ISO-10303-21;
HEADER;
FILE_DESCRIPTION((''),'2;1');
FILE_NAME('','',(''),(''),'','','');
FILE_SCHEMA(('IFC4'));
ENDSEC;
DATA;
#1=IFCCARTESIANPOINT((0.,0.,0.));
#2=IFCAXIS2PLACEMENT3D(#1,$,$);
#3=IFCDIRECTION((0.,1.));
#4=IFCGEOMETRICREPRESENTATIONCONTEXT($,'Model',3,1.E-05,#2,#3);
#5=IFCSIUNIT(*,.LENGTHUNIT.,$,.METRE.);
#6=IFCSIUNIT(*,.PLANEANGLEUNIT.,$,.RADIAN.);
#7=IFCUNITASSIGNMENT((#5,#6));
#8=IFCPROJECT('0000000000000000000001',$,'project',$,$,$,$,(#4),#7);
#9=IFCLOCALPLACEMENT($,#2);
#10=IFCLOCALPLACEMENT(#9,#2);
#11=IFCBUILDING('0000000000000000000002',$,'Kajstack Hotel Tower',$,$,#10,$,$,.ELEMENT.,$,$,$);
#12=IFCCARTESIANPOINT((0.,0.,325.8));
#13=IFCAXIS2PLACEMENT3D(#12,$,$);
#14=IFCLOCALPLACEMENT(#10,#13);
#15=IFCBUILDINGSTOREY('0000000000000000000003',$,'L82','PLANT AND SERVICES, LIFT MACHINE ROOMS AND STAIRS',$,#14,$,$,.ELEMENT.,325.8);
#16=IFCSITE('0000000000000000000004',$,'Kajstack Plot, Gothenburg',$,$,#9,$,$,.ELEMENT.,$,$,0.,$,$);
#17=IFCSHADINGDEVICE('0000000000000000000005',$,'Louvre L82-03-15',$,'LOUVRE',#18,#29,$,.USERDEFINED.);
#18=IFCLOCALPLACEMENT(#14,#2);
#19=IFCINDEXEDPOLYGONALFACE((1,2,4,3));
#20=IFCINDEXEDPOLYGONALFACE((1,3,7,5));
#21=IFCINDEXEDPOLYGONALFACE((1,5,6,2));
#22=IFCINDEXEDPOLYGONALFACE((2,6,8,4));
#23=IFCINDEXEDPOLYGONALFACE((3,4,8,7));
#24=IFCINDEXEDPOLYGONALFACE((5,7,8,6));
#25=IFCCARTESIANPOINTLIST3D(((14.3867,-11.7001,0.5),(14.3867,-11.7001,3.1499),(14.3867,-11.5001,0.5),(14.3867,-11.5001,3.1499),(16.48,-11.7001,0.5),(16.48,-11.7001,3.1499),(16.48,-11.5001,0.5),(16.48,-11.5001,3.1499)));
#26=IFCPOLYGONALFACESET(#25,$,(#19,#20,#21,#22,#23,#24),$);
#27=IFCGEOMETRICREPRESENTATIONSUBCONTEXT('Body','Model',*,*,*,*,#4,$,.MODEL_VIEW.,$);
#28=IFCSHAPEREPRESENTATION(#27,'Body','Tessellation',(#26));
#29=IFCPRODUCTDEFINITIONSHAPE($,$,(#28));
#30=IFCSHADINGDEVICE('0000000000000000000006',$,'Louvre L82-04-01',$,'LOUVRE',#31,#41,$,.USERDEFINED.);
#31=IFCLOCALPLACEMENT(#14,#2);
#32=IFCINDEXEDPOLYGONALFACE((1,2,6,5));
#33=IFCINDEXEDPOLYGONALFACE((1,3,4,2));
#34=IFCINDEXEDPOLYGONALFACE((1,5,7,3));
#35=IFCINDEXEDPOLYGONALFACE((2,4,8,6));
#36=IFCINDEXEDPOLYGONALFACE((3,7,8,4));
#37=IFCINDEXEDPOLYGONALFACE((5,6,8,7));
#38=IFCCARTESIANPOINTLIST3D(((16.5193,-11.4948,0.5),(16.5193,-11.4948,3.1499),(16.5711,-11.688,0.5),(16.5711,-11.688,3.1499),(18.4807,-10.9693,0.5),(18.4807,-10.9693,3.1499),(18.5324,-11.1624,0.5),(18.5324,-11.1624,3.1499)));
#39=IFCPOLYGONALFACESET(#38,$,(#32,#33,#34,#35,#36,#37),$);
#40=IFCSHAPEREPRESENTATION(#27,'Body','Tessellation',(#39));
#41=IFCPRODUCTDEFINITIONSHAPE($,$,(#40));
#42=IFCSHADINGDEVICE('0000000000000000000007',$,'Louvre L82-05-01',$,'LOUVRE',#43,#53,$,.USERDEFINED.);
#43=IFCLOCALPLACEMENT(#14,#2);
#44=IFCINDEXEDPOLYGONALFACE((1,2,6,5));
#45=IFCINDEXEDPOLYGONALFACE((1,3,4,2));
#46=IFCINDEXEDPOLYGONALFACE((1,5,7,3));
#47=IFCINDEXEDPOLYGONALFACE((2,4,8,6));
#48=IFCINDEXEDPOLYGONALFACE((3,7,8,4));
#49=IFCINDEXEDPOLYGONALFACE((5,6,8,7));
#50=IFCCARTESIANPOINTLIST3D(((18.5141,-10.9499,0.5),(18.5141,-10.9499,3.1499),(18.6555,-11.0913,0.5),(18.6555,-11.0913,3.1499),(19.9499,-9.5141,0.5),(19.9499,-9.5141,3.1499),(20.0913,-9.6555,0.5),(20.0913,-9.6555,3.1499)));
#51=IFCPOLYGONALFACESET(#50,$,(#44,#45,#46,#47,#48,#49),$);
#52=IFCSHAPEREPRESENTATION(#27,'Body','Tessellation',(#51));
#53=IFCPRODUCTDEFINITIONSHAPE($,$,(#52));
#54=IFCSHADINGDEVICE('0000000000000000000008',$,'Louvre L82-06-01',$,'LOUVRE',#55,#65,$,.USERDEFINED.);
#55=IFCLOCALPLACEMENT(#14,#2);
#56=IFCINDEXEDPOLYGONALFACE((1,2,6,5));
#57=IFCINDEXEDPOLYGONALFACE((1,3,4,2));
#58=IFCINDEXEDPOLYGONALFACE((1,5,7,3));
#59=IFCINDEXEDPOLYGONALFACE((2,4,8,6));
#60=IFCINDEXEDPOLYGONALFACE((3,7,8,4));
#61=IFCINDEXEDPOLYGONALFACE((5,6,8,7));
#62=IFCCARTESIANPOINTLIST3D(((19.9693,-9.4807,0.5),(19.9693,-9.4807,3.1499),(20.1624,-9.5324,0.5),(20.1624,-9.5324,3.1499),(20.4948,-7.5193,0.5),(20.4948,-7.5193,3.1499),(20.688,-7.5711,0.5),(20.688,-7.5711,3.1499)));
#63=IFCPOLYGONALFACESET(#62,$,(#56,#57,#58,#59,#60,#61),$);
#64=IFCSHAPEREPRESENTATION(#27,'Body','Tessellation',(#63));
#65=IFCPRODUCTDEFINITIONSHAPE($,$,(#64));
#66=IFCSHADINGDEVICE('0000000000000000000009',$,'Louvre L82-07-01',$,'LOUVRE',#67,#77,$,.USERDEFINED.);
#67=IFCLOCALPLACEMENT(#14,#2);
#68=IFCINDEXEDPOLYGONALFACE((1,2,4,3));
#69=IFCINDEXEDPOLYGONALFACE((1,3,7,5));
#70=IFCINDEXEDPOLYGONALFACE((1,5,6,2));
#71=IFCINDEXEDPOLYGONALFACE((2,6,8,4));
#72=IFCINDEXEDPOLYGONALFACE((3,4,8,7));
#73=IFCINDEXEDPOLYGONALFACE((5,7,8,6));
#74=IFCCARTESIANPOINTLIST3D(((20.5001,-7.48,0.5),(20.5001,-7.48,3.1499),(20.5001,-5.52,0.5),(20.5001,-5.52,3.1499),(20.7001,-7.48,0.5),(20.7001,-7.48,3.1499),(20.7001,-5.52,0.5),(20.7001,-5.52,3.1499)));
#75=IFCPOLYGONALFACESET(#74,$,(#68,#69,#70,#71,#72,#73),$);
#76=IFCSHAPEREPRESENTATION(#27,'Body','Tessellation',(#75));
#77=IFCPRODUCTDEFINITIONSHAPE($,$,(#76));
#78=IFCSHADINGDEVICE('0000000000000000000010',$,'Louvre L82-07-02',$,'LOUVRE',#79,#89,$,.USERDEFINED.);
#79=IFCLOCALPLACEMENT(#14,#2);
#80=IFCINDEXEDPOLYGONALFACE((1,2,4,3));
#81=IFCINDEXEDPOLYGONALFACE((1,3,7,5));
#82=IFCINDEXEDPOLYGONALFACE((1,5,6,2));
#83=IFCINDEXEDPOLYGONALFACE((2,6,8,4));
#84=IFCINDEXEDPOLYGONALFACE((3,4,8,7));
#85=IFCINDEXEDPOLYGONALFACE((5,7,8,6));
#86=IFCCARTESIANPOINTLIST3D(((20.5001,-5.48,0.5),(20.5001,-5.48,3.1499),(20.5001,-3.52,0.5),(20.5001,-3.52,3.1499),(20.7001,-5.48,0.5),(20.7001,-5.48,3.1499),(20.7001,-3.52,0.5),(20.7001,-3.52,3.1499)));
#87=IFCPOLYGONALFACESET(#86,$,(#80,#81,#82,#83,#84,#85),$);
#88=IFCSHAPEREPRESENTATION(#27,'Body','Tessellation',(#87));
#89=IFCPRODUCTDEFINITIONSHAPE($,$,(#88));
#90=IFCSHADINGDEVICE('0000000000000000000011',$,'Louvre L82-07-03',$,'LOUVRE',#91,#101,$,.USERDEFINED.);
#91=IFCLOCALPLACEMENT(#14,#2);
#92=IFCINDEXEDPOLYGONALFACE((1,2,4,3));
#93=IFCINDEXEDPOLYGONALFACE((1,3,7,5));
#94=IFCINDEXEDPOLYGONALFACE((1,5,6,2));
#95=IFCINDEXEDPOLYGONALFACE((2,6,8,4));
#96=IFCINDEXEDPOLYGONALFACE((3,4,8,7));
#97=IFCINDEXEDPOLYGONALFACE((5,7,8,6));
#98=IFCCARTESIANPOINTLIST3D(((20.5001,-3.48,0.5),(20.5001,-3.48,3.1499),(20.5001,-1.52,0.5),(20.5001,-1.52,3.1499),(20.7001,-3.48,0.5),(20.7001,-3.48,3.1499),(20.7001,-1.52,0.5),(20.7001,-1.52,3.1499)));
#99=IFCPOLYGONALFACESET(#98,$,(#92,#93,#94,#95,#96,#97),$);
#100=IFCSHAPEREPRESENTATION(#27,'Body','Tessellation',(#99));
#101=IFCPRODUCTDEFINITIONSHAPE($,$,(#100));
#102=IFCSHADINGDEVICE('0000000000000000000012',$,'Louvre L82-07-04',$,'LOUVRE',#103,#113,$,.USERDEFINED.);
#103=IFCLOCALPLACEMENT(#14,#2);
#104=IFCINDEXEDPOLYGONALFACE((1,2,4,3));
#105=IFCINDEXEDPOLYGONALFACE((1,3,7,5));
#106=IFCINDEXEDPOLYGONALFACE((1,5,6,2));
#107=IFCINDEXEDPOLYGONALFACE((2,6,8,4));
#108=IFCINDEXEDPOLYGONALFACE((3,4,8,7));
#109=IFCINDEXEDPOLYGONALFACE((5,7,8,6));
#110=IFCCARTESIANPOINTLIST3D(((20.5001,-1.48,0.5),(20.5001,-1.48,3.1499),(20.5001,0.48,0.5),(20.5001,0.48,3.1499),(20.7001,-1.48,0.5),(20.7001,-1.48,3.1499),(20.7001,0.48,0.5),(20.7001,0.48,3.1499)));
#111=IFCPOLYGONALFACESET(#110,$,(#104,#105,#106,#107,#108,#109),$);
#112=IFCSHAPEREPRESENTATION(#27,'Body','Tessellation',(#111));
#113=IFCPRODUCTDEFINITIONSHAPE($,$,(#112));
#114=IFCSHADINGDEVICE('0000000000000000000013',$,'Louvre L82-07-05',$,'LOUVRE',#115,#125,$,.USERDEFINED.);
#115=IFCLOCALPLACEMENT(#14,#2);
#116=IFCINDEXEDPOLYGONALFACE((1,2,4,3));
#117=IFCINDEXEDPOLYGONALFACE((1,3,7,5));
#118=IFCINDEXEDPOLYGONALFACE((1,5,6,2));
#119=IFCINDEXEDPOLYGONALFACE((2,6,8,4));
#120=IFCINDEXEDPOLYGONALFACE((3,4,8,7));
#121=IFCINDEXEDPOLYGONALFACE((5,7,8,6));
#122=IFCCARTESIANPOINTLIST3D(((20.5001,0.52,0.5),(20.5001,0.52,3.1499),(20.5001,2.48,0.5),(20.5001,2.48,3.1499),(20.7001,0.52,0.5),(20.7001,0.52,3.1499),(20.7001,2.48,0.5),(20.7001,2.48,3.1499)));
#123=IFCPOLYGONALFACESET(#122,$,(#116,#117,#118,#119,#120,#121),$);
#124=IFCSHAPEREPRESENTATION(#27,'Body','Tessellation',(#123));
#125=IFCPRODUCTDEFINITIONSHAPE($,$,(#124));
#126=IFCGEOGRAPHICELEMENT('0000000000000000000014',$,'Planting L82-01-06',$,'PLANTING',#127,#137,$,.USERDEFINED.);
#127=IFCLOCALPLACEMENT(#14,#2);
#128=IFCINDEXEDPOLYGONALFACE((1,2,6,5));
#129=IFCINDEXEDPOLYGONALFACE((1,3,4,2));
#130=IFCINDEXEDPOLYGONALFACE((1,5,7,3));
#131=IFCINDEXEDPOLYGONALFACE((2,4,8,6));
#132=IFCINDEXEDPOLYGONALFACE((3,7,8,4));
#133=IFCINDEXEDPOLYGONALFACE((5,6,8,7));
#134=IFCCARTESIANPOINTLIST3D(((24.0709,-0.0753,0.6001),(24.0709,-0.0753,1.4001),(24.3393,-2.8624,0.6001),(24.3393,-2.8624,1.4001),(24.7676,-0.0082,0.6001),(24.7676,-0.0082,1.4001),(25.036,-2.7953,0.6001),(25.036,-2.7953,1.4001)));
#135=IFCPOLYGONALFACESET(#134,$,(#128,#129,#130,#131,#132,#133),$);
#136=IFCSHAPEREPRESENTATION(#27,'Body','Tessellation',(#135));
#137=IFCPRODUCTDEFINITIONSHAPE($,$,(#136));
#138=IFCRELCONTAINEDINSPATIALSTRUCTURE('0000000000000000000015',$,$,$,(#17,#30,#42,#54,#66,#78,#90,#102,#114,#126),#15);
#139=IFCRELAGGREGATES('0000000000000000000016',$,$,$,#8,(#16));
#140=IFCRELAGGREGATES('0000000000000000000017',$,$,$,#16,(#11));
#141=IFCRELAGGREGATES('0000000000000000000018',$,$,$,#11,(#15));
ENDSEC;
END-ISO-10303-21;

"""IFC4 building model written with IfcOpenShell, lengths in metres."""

from ifc_helpers import new_model, si_unit, direction, frame, origin, origin_2d, place, context, subcontext, project, spatial, rectangle, extrude, element, save


model = new_model("IFC4")

# Units and contexts
model_context = context("Model", 3, precision=1e-05, world=origin(), true_north=direction((0.0, 1.0)))
body_context = subcontext(model_context, "Body", "Model", "MODEL_VIEW")
ifc_project = project(units=[si_unit("LENGTHUNIT", "METRE"), si_unit("PLANEANGLEUNIT", "RADIAN")], contexts=[model_context])

# Site, building, storey
site_placement = place(None, origin())
site = spatial("IfcSite", under=ifc_project, at=site_placement, Name="Kajstack Plot, Gothenburg", CompositionType="ELEMENT", RefElevation=0.0)
building_placement = place(site_placement, origin())
building = spatial("IfcBuilding", under=site, at=building_placement, Name="Kajstack Hotel Tower", CompositionType="ELEMENT")
storey_placement = place(building_placement, frame((0.0, 0.0, 325.8)))
storey = spatial("IfcBuildingStorey", under=building, at=storey_placement, Name="L82", Description="PLANT AND SERVICES, LIFT MACHINE ROOMS AND STAIRS", CompositionType="ELEMENT", Elevation=325.8)

# Shading devices
for number, where, z_axis, x_axis, name in (
    (1, (15.4333, -11.6001, 0.5), (0.0, 0.0, 1.0), (1.0, 0.0, 0.0), "Louvre L82-03-15"),
):
    element("IfcShadingDevice", number, at=place(storey_placement, frame(where, z_axis=z_axis, x_axis=x_axis)), inside=storey, Name=name, ObjectType="LOUVRE", PredefinedType="USERDEFINED", context=body_context, shape_type="SweptSolid", body=[
        extrude(rectangle(XDim=2.0933, YDim=0.2, at=origin_2d()), origin(), (0.0, 0.0, 1.0), 2.6499),
    ])
for number, where, z_axis, x_axis, name in (
    (2, (17.5259, -11.3286, 0.5), (0.0, 0.0, 1.0), (0.965926, 0.25882, 0.0), "Louvre L82-04-01"),
    (3, (19.3027, -10.3027, 0.5), (0.0, 0.0, 1.0), (0.707107, 0.707107, 0.0), "Louvre L82-05-01"),
    (4, (20.3286, -8.5259, 0.5), (0.0, 0.0, 1.0), (0.25882, 0.965926, 0.0), "Louvre L82-06-01"),
):
    element("IfcShadingDevice", number, at=place(storey_placement, frame(where, z_axis=z_axis, x_axis=x_axis)), inside=storey, Name=name, ObjectType="LOUVRE", PredefinedType="USERDEFINED", context=body_context, shape_type="SweptSolid", body=[
        extrude(rectangle(XDim=2.0305, YDim=0.2, at=origin_2d()), origin(), (0.0, 0.0, 1.0), 2.6499),
    ])
for number, where, z_axis, x_axis, name in (
    (5, (20.6001, -6.5, 0.5), (0.0, 0.0, 1.0), (0.0, 1.0, 0.0), "Louvre L82-07-01"),
    (6, (20.6001, -4.5, 0.5), (0.0, 0.0, 1.0), (0.0, 1.0, 0.0), "Louvre L82-07-02"),
    (7, (20.6001, -2.5, 0.5), (0.0, 0.0, 1.0), (0.0, 1.0, 0.0), "Louvre L82-07-03"),
    (8, (20.6001, -0.5, 0.5), (0.0, 0.0, 1.0), (0.0, 1.0, 0.0), "Louvre L82-07-04"),
    (9, (20.6001, 1.5, 0.5), (0.0, 0.0, 1.0), (0.0, 1.0, 0.0), "Louvre L82-07-05"),
):
    element("IfcShadingDevice", number, at=place(storey_placement, frame(where, z_axis=z_axis, x_axis=x_axis)), inside=storey, Name=name, ObjectType="LOUVRE", PredefinedType="USERDEFINED", context=body_context, shape_type="SweptSolid", body=[
        extrude(rectangle(XDim=1.96, YDim=0.2, at=origin_2d()), origin(), (0.0, 0.0, 1.0), 2.6499),
    ])

# Geographic element
geographic_element_placement = place(storey_placement, frame((24.5535, -1.4353, 0.6001), z_axis=(0.0, 0.0, 1.0), x_axis=(0.095849, -0.995396, 0.0)))
element("IfcGeographicElement", 10, at=geographic_element_placement, inside=storey, Name="Planting L82-01-06", ObjectType="PLANTING", PredefinedType="USERDEFINED", context=body_context, shape_type="SweptSolid", body=[
    extrude(rectangle(XDim=2.8, YDim=0.7, at=origin_2d()), origin(), (0.0, 0.0, 1.0), 0.8),
])

save(model, "model.ifc")
